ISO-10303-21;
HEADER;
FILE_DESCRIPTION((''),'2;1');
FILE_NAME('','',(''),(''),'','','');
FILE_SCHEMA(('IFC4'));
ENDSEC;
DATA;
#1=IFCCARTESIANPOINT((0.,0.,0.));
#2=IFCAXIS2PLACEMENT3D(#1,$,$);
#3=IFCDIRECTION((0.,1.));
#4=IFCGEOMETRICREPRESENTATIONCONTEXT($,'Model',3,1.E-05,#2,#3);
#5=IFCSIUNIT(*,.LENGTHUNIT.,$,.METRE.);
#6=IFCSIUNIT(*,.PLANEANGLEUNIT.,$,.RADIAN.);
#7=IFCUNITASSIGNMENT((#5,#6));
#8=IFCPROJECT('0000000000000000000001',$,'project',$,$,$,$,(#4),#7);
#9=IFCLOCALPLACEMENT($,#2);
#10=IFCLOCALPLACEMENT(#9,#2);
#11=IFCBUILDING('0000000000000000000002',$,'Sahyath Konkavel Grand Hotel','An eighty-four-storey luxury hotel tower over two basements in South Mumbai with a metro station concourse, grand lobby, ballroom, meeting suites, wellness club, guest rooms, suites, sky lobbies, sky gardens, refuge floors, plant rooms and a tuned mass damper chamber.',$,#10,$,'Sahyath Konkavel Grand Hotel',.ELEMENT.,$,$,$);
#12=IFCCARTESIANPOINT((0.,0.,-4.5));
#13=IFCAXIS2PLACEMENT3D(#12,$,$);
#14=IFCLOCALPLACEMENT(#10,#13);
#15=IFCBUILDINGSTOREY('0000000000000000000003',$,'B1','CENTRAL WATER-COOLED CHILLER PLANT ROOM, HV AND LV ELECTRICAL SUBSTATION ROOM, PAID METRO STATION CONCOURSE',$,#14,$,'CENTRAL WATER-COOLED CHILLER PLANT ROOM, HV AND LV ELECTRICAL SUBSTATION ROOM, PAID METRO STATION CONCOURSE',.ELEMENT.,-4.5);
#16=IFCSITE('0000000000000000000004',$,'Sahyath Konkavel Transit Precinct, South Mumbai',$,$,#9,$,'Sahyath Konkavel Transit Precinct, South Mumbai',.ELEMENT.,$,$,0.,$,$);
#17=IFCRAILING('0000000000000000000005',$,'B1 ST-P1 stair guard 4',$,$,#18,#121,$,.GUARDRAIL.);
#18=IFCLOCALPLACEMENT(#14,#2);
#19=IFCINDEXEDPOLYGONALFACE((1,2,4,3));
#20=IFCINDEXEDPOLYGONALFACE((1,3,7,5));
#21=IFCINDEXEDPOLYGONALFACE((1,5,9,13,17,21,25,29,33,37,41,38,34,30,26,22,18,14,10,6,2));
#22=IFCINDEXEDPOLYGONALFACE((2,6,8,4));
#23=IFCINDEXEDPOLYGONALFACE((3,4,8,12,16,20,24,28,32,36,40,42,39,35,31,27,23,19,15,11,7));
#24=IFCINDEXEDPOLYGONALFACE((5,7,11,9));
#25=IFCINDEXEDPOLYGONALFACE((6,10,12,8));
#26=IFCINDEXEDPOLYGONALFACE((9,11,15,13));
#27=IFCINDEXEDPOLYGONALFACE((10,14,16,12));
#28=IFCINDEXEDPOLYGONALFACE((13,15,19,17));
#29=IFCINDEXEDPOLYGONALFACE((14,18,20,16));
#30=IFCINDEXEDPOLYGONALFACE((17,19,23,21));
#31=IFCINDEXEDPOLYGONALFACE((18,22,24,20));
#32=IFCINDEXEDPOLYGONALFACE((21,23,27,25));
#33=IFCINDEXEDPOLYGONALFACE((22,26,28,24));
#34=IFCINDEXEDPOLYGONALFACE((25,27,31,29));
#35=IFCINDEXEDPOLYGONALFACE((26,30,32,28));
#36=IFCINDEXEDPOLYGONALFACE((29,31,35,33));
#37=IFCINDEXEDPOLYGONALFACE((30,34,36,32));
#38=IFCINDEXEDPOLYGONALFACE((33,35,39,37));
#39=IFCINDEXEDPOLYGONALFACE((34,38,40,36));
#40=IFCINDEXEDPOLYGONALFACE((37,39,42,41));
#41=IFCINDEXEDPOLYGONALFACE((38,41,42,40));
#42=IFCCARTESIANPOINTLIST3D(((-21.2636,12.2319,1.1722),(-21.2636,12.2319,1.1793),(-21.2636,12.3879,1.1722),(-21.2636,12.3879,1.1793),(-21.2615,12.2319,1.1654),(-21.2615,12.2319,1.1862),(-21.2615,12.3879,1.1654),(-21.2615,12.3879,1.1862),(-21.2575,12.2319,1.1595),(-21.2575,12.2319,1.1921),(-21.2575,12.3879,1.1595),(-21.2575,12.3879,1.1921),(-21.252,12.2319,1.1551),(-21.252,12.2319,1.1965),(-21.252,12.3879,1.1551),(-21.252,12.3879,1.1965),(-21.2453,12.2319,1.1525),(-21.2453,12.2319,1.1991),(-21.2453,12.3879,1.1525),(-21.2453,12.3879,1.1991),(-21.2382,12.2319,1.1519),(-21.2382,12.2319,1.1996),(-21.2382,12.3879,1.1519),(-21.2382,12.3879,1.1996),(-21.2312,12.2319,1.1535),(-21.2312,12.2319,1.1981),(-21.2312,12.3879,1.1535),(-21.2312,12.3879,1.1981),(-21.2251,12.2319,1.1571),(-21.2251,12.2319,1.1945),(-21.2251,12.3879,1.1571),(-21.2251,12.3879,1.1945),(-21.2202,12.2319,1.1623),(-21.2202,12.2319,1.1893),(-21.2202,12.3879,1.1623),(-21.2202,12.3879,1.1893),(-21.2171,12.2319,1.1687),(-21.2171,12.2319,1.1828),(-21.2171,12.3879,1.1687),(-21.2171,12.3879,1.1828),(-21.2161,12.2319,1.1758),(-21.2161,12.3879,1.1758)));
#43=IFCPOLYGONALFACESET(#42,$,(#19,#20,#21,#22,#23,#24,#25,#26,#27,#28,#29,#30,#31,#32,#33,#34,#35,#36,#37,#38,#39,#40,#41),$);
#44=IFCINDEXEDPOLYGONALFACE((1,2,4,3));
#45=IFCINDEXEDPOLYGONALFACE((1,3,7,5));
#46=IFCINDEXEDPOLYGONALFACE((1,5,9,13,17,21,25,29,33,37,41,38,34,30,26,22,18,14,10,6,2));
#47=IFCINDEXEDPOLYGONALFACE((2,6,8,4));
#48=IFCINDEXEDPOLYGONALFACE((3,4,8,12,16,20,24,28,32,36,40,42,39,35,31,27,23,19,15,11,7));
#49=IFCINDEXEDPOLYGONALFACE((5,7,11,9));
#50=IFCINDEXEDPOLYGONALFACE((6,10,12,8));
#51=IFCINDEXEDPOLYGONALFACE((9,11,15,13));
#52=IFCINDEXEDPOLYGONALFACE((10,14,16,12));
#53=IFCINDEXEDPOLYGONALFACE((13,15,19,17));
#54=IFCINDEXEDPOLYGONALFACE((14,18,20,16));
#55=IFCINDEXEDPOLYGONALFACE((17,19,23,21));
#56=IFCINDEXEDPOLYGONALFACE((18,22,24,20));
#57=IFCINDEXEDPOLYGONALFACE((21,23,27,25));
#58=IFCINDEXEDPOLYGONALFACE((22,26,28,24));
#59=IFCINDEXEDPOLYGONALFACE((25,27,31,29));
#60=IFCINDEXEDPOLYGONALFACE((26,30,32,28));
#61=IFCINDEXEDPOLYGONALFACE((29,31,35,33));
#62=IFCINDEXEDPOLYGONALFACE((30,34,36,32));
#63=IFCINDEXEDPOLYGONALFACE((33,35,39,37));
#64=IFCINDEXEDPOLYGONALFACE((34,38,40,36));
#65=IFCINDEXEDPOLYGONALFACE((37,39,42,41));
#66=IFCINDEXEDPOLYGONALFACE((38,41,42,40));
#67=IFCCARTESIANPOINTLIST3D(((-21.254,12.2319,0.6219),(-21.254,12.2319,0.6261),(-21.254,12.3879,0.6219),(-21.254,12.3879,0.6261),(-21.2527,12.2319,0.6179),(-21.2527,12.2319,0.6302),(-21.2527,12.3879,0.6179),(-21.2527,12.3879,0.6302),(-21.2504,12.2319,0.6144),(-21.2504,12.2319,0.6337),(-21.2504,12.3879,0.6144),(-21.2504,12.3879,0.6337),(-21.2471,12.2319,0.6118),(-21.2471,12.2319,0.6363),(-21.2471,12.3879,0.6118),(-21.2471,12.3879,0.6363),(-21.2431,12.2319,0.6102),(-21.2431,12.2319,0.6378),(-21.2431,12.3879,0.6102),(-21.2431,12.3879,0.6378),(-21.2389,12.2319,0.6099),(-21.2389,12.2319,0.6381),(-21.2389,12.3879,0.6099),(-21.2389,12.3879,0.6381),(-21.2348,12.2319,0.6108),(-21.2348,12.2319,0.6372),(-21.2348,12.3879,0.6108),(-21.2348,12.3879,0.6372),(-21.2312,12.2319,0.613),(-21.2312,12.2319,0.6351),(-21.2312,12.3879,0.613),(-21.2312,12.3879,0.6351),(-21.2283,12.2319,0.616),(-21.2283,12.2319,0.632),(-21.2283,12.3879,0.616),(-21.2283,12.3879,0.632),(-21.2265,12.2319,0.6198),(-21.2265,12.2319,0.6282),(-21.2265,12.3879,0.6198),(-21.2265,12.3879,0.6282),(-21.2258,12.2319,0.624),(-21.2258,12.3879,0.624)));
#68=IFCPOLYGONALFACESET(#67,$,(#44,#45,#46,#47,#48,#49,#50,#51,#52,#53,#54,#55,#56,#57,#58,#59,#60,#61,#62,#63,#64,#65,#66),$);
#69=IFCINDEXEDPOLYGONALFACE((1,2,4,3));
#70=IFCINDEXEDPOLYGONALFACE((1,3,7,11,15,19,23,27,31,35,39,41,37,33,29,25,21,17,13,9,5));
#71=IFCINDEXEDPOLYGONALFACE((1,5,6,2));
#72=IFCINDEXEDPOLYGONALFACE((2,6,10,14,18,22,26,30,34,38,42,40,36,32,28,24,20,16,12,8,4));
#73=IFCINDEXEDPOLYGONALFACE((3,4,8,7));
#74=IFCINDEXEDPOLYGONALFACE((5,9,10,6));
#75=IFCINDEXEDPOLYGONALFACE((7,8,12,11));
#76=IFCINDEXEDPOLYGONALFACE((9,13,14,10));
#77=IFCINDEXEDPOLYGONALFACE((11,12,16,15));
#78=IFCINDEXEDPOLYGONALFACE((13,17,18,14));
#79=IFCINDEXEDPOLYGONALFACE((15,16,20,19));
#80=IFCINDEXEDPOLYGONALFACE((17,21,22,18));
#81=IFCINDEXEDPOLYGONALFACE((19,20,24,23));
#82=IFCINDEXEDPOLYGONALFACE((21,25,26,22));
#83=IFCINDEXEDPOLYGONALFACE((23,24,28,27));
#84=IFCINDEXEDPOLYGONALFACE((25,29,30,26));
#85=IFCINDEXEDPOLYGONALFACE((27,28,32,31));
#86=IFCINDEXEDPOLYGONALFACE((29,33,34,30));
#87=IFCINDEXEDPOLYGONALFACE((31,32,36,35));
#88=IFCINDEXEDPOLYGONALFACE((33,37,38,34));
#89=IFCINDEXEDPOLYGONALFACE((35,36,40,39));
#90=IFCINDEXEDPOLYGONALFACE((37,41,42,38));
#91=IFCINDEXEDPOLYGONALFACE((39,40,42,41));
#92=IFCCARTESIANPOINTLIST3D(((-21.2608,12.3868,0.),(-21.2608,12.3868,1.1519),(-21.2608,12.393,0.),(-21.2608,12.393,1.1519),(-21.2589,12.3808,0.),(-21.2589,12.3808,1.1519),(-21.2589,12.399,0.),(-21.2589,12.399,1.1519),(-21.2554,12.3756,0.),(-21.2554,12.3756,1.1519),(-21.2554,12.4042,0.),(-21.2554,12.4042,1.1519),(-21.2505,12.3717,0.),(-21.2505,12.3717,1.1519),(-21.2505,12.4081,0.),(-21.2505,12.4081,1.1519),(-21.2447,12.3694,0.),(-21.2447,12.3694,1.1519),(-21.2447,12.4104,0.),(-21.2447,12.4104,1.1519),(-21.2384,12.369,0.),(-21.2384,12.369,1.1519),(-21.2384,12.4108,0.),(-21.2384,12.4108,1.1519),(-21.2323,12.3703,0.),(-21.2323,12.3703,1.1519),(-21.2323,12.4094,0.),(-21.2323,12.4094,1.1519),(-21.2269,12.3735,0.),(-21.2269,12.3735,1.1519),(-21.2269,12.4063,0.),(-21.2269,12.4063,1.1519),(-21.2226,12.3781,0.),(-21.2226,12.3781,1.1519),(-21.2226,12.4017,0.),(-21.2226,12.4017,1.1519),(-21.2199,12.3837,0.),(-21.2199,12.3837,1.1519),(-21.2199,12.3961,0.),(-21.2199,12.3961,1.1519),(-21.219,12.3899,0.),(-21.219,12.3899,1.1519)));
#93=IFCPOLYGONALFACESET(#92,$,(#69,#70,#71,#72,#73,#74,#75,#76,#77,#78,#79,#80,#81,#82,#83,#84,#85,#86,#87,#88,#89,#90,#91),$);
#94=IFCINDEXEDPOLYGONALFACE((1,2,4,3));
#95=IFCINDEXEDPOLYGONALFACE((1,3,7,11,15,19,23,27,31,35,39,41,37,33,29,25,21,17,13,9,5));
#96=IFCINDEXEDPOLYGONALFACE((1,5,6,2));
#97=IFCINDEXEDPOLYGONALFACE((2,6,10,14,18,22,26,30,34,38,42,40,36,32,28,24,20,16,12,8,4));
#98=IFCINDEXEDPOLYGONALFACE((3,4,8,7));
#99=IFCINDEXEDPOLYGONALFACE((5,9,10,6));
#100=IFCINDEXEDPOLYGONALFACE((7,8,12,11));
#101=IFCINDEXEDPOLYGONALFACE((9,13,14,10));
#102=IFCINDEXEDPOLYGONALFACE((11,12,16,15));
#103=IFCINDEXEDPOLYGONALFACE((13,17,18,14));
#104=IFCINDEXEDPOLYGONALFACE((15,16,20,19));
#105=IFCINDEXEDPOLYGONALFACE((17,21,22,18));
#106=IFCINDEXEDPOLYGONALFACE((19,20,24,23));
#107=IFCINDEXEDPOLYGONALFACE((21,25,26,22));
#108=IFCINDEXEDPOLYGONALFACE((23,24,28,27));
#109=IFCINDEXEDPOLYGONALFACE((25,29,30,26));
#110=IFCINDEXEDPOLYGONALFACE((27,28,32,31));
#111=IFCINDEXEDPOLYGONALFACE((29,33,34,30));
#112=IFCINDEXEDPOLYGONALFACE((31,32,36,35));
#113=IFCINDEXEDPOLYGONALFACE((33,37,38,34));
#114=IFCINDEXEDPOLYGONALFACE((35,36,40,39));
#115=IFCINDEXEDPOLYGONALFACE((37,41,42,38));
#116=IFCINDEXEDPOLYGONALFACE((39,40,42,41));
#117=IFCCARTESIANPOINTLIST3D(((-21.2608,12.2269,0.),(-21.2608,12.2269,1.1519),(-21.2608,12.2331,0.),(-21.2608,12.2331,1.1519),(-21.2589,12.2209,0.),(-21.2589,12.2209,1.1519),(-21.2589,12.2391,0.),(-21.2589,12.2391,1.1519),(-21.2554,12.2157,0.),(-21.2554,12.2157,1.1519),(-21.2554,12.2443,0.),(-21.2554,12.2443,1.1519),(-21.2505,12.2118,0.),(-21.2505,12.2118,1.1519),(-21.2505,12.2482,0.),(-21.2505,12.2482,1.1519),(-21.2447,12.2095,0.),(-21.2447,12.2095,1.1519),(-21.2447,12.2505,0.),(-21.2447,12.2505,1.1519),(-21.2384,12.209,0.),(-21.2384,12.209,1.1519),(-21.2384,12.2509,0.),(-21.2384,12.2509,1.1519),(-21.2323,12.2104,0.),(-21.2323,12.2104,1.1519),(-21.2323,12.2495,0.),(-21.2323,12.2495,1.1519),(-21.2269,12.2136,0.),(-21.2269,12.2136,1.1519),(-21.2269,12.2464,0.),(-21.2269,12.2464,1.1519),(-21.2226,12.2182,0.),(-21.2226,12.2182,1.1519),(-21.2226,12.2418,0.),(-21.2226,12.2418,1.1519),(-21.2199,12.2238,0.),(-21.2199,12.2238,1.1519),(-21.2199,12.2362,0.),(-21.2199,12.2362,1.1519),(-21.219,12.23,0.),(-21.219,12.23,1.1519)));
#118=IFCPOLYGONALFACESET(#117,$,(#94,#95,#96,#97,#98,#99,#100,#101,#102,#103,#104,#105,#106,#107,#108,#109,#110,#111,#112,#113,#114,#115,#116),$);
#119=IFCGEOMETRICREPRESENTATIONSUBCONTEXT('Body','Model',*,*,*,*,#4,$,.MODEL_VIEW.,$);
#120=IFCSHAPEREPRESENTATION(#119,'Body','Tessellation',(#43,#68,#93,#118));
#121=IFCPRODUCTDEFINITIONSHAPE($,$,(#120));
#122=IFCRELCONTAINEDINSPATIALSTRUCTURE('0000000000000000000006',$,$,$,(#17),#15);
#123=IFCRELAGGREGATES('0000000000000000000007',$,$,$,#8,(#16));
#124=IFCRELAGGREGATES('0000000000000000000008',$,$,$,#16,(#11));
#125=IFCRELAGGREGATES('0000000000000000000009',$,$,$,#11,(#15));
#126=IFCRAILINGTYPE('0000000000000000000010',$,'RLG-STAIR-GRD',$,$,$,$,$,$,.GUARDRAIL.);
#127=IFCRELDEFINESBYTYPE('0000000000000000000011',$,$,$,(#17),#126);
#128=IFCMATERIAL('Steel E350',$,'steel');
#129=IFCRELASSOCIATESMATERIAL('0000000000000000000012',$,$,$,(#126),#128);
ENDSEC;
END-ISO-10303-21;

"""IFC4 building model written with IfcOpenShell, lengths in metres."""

from ifc_helpers import new_model, si_unit, direction, frame, origin, origin_2d, place, context, subcontext, project, spatial, circle, extrude, material, type_object, element, save


model = new_model("IFC4")

# Units and contexts
model_context = context("Model", 3, precision=1e-05, world=origin(), true_north=direction((0.0, 1.0)))
body_context = subcontext(model_context, "Body", "Model", "MODEL_VIEW")
ifc_project = project(units=[si_unit("LENGTHUNIT", "METRE"), si_unit("PLANEANGLEUNIT", "RADIAN")], contexts=[model_context])

# Site, building, storey
site_placement = place(None, origin())
site = spatial("IfcSite", under=ifc_project, at=site_placement, Name="Sahyath Konkavel Transit Precinct, South Mumbai", LongName="Sahyath Konkavel Transit Precinct, South Mumbai", CompositionType="ELEMENT", RefElevation=0.0)
building_placement = place(site_placement, origin())
building = spatial("IfcBuilding", under=site, at=building_placement, Name="Sahyath Konkavel Grand Hotel", Description="An eighty-four-storey luxury hotel tower over two basements in South Mumbai with a metro station concourse, grand lobby, ballroom, meeting suites, wellness club, guest rooms, suites, sky lobbies, sky gardens, refuge floors, plant rooms and a tuned mass damper chamber.", LongName="Sahyath Konkavel Grand Hotel", CompositionType="ELEMENT")
storey_placement = place(building_placement, frame((0.0, 0.0, -4.5)))
storey = spatial("IfcBuildingStorey", under=building, at=storey_placement, Name="B1", Description="CENTRAL WATER-COOLED CHILLER PLANT ROOM, HV AND LV ELECTRICAL SUBSTATION ROOM, PAID METRO STATION CONCOURSE", LongName="CENTRAL WATER-COOLED CHILLER PLANT ROOM, HV AND LV ELECTRICAL SUBSTATION ROOM, PAID METRO STATION CONCOURSE", CompositionType="ELEMENT", Elevation=-4.5)

# Shared definitions
ifc_material_1 = material(Name="Steel E350", Category="steel")

# Railing
railing_type_1 = type_object("IfcRailingType", Name="RLG-STAIR-GRD", PredefinedType="GUARDRAIL", material=ifc_material_1)
railing_1_placement = place(storey_placement, frame((-21.24, 12.3899, 0.0)))
element("IfcRailing", 1, at=railing_1_placement, inside=storey, type_object=railing_type_1, Name="B1 ST-P1 stair guard 4", PredefinedType="GUARDRAIL", context=body_context, shape_type="SweptSolid", body=[
    extrude(circle(Radius=0.0239, at=origin_2d()), frame((0.0, -0.002, 1.1758), z_axis=(0.0, -1.0, 0.0), x_axis=(1.0, 0.0, 0.0)), (0.0, 0.0, 1.0), 0.156),
    extrude(circle(Radius=0.0142, at=origin_2d()), frame((0.0, -0.002, 0.624), z_axis=(0.0, -1.0, 0.0), x_axis=(1.0, 0.0, 0.0)), (0.0, 0.0, 1.0), 0.156),
    extrude(circle(Radius=0.021, at=origin_2d()), origin(), (0.0, 0.0, 1.0), 1.1519),
    extrude(circle(Radius=0.021, at=origin_2d()), frame((0.0, -0.1599, 0.0)), (0.0, 0.0, 1.0), 1.1519),
])

save(model, "model.ifc")
